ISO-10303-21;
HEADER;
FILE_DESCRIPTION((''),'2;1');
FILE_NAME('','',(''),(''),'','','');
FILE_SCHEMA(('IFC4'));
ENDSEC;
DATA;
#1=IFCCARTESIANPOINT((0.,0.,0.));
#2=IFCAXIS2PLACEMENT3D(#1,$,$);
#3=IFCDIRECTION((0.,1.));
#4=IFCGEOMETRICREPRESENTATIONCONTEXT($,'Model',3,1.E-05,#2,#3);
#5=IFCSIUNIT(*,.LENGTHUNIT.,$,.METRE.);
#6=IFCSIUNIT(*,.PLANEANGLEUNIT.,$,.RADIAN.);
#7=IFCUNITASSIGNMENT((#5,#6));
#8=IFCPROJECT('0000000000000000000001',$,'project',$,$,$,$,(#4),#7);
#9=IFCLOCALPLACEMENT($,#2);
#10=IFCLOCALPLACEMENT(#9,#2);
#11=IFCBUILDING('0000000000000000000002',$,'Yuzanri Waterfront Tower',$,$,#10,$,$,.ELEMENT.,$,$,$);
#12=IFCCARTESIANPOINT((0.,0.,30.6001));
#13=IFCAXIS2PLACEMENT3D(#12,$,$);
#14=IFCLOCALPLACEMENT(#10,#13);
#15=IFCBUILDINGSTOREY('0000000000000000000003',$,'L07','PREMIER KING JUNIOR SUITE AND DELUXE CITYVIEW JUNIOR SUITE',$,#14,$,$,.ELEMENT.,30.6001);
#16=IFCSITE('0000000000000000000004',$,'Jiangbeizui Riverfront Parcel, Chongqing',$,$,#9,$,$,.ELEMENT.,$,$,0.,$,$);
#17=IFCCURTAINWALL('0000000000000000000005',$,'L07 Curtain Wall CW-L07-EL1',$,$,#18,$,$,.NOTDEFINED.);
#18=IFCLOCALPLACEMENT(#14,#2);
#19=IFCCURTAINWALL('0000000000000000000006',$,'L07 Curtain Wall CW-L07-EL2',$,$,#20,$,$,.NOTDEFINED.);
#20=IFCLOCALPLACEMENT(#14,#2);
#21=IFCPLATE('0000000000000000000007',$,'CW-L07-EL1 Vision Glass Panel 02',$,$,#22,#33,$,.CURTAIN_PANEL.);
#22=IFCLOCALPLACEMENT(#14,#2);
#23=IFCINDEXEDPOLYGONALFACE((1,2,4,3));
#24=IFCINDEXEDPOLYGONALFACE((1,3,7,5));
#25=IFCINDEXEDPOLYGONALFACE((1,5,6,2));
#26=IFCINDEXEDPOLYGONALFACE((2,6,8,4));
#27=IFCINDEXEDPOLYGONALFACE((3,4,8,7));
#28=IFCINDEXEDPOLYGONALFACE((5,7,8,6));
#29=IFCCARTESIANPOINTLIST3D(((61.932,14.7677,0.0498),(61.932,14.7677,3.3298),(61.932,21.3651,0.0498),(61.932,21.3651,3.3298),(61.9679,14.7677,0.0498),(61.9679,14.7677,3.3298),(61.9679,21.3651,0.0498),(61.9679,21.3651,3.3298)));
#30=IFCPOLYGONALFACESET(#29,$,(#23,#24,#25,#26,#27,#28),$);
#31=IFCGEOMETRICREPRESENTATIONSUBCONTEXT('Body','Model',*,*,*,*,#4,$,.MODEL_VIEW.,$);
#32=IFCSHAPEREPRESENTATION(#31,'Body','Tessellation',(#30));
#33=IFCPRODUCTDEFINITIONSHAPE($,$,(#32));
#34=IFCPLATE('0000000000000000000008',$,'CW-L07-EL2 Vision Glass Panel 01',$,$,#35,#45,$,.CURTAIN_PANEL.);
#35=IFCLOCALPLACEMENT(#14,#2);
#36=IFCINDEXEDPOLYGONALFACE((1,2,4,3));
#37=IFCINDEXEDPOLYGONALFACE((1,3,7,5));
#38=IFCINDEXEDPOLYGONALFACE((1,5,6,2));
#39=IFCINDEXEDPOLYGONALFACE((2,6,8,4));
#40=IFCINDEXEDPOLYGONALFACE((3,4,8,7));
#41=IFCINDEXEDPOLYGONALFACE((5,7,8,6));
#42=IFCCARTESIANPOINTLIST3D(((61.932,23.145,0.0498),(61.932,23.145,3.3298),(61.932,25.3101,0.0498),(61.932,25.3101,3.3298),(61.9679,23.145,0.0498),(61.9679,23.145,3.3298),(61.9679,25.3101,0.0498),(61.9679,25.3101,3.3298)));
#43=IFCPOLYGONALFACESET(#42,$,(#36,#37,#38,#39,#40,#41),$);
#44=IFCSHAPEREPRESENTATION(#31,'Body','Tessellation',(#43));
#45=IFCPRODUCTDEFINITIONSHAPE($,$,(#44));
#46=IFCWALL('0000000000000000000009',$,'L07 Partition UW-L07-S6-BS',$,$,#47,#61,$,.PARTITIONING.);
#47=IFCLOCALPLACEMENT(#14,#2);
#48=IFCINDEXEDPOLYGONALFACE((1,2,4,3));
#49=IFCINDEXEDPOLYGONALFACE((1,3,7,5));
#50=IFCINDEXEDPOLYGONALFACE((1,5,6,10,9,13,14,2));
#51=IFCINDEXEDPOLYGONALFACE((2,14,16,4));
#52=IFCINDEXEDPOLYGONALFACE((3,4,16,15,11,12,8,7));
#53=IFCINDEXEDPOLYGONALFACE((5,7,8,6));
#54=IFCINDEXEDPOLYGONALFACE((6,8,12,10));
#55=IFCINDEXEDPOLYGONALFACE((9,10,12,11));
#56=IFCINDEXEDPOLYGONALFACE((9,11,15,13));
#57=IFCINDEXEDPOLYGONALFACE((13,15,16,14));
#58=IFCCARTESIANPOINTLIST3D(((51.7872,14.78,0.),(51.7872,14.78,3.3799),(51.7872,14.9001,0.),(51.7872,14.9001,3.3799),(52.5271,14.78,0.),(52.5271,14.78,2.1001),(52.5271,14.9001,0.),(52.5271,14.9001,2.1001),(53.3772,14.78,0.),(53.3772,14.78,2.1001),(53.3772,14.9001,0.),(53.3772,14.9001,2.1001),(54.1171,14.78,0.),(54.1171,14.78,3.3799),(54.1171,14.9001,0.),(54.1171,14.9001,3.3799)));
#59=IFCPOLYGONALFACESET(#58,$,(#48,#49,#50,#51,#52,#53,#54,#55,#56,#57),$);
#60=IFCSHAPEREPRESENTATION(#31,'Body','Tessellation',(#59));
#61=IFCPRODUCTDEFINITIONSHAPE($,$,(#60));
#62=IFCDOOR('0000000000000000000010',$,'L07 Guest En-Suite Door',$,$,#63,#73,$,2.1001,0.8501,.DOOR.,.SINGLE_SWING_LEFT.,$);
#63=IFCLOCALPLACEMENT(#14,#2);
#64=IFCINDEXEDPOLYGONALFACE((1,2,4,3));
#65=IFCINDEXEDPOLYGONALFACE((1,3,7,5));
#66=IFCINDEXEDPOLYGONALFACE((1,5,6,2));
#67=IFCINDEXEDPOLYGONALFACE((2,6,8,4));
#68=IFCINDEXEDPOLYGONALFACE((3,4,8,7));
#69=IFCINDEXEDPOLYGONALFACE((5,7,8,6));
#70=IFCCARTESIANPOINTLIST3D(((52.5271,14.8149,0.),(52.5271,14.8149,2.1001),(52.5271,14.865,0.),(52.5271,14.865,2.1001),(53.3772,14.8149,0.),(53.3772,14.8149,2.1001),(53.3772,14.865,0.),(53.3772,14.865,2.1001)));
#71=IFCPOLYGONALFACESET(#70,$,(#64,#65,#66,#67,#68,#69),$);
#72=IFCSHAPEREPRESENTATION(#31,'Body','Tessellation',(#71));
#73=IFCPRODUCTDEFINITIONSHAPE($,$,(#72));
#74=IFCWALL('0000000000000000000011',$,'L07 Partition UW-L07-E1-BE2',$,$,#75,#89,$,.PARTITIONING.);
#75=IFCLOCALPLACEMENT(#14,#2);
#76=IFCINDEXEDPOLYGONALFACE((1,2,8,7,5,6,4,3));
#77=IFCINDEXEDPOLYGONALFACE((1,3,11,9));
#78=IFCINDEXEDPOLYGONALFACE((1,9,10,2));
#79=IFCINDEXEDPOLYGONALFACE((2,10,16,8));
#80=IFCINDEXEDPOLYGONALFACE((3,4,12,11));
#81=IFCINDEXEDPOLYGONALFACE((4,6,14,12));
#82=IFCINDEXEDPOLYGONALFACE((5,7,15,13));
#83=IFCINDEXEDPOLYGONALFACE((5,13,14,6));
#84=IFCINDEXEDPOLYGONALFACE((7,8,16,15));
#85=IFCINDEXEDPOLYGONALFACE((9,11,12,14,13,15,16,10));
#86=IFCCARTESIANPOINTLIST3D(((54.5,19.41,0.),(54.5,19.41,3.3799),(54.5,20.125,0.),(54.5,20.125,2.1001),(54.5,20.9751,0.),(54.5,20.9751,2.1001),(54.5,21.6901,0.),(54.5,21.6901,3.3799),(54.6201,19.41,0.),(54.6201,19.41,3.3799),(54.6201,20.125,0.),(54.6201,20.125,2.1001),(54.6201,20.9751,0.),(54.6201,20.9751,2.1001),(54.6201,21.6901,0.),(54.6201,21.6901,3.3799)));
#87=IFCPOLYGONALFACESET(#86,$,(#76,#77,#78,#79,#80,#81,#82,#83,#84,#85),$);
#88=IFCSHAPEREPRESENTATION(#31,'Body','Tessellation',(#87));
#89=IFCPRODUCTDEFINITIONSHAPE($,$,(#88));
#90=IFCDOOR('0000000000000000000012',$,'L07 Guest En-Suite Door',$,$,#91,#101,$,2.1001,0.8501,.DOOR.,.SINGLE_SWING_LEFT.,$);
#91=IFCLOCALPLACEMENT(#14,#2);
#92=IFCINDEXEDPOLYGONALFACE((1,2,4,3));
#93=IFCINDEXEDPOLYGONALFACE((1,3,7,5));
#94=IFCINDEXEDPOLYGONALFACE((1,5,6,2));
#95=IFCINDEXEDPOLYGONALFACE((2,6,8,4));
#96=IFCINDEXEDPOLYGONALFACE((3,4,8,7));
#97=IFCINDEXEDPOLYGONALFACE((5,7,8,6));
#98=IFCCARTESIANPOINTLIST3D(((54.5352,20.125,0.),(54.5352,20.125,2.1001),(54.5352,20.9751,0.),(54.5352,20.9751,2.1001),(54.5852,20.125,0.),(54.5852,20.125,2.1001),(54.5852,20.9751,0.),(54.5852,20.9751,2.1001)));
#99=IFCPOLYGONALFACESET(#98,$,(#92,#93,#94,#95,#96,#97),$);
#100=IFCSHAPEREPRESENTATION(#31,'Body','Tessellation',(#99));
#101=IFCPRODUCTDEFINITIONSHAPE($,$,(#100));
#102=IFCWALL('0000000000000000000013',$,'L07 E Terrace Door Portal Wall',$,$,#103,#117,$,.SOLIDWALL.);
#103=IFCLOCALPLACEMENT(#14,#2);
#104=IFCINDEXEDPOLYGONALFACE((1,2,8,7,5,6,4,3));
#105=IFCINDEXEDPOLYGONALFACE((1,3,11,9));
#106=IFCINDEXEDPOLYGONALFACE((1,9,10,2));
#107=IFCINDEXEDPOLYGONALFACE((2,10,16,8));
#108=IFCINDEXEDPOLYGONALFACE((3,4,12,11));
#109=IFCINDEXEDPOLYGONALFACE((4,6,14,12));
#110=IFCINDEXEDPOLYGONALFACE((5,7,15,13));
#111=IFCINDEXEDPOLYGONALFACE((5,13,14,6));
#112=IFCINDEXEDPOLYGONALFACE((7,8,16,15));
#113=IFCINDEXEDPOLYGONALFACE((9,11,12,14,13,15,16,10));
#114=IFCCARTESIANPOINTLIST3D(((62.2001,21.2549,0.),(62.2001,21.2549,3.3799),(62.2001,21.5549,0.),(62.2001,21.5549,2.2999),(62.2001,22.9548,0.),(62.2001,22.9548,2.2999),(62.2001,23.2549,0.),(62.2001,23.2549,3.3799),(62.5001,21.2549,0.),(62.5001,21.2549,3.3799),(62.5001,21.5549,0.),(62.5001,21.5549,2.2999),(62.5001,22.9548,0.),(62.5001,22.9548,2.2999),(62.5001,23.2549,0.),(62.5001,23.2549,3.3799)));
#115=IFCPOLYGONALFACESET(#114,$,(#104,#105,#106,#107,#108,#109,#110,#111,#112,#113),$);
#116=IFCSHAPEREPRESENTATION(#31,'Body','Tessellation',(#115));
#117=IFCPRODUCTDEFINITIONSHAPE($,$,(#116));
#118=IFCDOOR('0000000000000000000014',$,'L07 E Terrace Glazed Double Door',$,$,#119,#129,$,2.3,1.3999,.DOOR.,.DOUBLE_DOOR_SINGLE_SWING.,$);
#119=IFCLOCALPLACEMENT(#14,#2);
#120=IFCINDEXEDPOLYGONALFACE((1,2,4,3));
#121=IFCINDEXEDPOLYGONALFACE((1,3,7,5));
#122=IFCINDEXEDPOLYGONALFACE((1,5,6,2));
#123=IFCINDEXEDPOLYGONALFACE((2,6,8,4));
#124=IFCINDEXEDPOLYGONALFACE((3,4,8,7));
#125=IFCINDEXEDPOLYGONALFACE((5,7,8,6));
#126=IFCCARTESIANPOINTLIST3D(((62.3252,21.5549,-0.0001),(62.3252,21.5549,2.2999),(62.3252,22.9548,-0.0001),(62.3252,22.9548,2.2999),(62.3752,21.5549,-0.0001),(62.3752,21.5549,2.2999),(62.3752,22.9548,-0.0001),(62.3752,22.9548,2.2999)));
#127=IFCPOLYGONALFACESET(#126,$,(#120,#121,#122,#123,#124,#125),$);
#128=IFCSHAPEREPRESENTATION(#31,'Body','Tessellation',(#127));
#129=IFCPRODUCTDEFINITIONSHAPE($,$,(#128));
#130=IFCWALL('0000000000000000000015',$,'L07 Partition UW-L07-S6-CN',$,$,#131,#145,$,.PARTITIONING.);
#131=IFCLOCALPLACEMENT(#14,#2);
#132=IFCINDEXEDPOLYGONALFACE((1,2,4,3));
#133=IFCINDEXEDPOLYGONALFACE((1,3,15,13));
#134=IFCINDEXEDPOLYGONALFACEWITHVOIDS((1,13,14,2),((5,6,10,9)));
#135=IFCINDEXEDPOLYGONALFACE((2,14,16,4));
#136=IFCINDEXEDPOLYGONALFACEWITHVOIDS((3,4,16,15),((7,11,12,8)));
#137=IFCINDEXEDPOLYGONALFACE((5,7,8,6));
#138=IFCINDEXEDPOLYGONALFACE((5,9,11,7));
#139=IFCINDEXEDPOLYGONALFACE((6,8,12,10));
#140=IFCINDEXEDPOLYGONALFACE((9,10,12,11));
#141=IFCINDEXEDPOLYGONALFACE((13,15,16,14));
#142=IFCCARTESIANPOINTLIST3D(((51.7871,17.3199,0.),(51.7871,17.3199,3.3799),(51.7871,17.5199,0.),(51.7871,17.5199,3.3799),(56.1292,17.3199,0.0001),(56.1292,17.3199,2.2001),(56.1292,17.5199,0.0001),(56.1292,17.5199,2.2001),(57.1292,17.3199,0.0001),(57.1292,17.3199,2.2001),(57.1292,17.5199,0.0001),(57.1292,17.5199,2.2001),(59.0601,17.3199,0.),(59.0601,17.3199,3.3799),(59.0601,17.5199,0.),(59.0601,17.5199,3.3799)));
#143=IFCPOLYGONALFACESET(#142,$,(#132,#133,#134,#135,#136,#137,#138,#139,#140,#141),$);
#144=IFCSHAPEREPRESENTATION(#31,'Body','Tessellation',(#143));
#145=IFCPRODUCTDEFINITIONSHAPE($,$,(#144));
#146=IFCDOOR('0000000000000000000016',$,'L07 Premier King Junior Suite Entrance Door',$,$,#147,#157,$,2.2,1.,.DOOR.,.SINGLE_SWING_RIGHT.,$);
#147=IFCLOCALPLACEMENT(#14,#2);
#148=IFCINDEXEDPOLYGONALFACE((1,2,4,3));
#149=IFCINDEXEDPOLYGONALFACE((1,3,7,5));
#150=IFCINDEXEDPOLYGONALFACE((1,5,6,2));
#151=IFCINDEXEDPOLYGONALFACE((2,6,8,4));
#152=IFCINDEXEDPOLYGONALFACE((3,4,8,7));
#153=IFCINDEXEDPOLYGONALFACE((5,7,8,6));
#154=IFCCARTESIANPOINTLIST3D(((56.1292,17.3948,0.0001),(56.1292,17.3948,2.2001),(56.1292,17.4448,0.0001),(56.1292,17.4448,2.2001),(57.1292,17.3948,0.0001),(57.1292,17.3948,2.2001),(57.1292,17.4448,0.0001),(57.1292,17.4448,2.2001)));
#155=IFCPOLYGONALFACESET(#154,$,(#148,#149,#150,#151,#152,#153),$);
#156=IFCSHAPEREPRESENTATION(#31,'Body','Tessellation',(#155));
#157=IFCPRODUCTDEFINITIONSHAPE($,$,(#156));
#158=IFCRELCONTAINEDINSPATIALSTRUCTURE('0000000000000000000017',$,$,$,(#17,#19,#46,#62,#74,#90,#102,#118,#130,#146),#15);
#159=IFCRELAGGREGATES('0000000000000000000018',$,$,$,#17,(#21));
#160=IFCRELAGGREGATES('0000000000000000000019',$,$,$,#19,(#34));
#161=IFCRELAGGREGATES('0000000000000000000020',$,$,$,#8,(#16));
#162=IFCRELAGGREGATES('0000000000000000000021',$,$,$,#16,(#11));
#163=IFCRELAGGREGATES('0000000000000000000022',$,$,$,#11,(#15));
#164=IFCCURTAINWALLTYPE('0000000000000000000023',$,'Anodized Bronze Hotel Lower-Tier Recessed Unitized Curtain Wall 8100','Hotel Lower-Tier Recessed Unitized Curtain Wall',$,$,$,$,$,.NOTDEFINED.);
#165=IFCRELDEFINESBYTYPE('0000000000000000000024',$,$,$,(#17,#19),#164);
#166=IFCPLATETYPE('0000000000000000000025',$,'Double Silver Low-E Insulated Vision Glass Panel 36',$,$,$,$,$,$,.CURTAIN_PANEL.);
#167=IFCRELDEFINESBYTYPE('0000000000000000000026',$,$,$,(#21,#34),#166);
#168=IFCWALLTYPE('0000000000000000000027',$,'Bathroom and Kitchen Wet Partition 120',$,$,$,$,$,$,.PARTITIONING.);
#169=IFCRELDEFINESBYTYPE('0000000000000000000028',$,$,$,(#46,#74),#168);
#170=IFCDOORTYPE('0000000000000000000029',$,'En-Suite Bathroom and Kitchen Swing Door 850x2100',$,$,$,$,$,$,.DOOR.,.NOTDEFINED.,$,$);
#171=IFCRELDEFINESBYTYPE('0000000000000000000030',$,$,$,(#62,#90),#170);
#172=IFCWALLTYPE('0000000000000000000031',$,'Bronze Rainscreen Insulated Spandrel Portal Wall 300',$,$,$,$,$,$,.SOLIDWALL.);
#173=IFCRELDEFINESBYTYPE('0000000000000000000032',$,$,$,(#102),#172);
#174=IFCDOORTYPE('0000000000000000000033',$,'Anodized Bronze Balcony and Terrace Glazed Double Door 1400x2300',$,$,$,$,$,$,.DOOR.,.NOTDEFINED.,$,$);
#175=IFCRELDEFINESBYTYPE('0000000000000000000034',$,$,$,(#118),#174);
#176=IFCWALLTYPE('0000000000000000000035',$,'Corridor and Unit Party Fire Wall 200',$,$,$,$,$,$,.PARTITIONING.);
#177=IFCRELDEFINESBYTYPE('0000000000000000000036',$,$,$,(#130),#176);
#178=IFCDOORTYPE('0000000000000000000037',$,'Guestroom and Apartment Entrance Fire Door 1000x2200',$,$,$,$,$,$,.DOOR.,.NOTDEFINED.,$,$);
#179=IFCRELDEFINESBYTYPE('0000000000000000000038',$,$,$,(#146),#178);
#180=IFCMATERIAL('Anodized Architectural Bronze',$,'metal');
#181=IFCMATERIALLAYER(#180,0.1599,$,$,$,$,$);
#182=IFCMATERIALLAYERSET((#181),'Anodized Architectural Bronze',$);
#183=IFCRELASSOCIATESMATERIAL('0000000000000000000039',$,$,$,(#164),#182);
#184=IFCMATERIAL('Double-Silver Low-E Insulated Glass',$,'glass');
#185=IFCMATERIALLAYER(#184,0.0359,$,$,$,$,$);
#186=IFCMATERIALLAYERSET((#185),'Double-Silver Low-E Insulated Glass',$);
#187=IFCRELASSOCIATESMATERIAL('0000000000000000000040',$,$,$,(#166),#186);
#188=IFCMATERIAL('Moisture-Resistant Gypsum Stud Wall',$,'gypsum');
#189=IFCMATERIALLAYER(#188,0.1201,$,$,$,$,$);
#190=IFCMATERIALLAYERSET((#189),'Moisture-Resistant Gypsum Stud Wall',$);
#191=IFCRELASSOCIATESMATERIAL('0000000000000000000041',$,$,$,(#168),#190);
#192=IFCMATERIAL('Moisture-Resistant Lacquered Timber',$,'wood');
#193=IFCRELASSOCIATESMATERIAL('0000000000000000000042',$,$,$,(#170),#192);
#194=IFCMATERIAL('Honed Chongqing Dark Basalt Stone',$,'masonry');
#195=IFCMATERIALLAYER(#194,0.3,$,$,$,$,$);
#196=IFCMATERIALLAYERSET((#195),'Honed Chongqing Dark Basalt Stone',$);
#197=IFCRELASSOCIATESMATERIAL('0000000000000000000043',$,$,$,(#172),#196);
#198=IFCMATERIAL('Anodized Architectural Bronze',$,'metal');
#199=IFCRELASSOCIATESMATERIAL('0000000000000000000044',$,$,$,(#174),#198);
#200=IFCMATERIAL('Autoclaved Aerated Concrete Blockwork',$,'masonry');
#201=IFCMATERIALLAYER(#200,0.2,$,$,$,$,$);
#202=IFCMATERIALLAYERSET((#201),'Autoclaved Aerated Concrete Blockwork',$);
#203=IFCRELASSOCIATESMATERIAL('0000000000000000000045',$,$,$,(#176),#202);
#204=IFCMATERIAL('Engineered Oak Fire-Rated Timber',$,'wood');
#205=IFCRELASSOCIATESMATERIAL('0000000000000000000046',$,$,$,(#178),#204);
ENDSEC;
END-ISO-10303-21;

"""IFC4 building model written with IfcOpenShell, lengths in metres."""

from ifc_helpers import new_model, si_unit, direction, frame, frame_2d, origin, origin_2d, place, context, subcontext, project, spatial, rectangle, extrude, source, transform, mapped, material, layer, layer_set, type_object, element, fill, aggregate, save


model = new_model("IFC4")

# Units and contexts
model_context = context("Model", 3, precision=1e-05, world=origin(), true_north=direction((0.0, 1.0)))
body_context = subcontext(model_context, "Body", "Model", "MODEL_VIEW")
ifc_project = project(units=[si_unit("LENGTHUNIT", "METRE"), si_unit("PLANEANGLEUNIT", "RADIAN")], contexts=[model_context])

# Site, building, storey
site_placement = place(None, origin())
site = spatial("IfcSite", under=ifc_project, at=site_placement, Name="Jiangbeizui Riverfront Parcel, Chongqing", CompositionType="ELEMENT", RefElevation=0.0)
building_placement = place(site_placement, origin())
building = spatial("IfcBuilding", under=site, at=building_placement, Name="Yuzanri Waterfront Tower", CompositionType="ELEMENT")
storey_placement = place(building_placement, frame((0.0, 0.0, 30.6001)))
storey = spatial("IfcBuildingStorey", under=building, at=storey_placement, Name="L07", Description="PREMIER KING JUNIOR SUITE AND DELUXE CITYVIEW JUNIOR SUITE", CompositionType="ELEMENT", Elevation=30.6001)

# Curtain walls
ifc_material_1 = material(Name="Anodized Architectural Bronze", Category="metal")
ifc_layer_1 = layer(ifc_material_1, 0.1599)
ifc_layer_set_1 = layer_set([ifc_layer_1], Name="Anodized Architectural Bronze")
curtain_wall_type = type_object("IfcCurtainWallType", Name="Anodized Bronze Hotel Lower-Tier Recessed Unitized Curtain Wall 8100", Description="Hotel Lower-Tier Recessed Unitized Curtain Wall", PredefinedType="NOTDEFINED", material=ifc_layer_set_1)
curtain_wall_1_placement = place(storey_placement, origin())
curtain_wall_1 = element("IfcCurtainWall", 1, at=curtain_wall_1_placement, inside=storey, type_object=curtain_wall_type, Name="L07 Curtain Wall CW-L07-EL1", PredefinedType="NOTDEFINED")
curtain_wall_2_placement = place(storey_placement, origin())
curtain_wall_2 = element("IfcCurtainWall", 2, at=curtain_wall_2_placement, inside=storey, type_object=curtain_wall_type, Name="L07 Curtain Wall CW-L07-EL2", PredefinedType="NOTDEFINED")

# Plates
ifc_material_2 = material(Name="Double-Silver Low-E Insulated Glass", Category="glass")
ifc_layer_2 = layer(ifc_material_2, 0.0359)
ifc_layer_set_2 = layer_set([ifc_layer_2], Name="Double-Silver Low-E Insulated Glass")
plate_type = type_object("IfcPlateType", Name="Double Silver Low-E Insulated Vision Glass Panel 36", PredefinedType="CURTAIN_PANEL", material=ifc_layer_set_2)
shared_shape_1 = source(origin(), body_context, "Body", "SweptSolid", [
    extrude(rectangle(XDim=6.5974, YDim=0.0359, at=origin_2d()), origin(), (0.0, 0.0, 1.0), 3.28),
])
plate_1_placement = place(storey_placement, frame((61.95, 18.0664, 0.0498), z_axis=(0.0, 0.0, 1.0), x_axis=(0.0, 1.0, 0.0)))
plate_1 = element("IfcPlate", 3, at=plate_1_placement, type_object=plate_type, Name="CW-L07-EL1 Vision Glass Panel 02", PredefinedType="CURTAIN_PANEL", context=body_context, shape_type="MappedRepresentation", body=[
    mapped(shared_shape_1, transform((0.0, 0.0, 0.0), scale=1.0)),
])
aggregate(curtain_wall_1, [plate_1])
shared_shape_2 = source(origin(), body_context, "Body", "SweptSolid", [
    extrude(rectangle(XDim=2.165, YDim=0.0359, at=origin_2d()), origin(), (0.0, 0.0, 1.0), 3.28),
])
plate_2_placement = place(storey_placement, frame((61.95, 24.2275, 0.0498), z_axis=(0.0, 0.0, 1.0), x_axis=(0.0, 1.0, 0.0)))
plate_2 = element("IfcPlate", 4, at=plate_2_placement, type_object=plate_type, Name="CW-L07-EL2 Vision Glass Panel 01", PredefinedType="CURTAIN_PANEL", context=body_context, shape_type="MappedRepresentation", body=[
    mapped(shared_shape_2, transform((0.0, 0.0, 0.0), scale=1.0)),
])
aggregate(curtain_wall_2, [plate_2])

# Walls, openings, doors
ifc_material_3 = material(Name="Moisture-Resistant Gypsum Stud Wall", Category="gypsum")
ifc_layer_3 = layer(ifc_material_3, 0.1201)
ifc_layer_set_3 = layer_set([ifc_layer_3], Name="Moisture-Resistant Gypsum Stud Wall")
wall_type_1 = type_object("IfcWallType", Name="Bathroom and Kitchen Wet Partition 120", PredefinedType="PARTITIONING", material=ifc_layer_set_3)
wall_1_placement = place(storey_placement, frame((51.7871, 14.8401, 0.0), z_axis=(0.0, 0.0, 1.0), x_axis=(1.0, 0.0, 0.0)))
wall_1 = element("IfcWall", 5, at=wall_1_placement, inside=storey, type_object=wall_type_1, Name="L07 Partition UW-L07-S6-BS", PredefinedType="PARTITIONING", context=body_context, shape_type="SweptSolid", body=[
    extrude(rectangle(XDim=2.3298, YDim=0.1201, at=frame_2d((1.165, 0.0))), origin(), (0.0, 0.0, 1.0), 3.3799),
])
opening_1_placement = place(wall_1_placement, frame((0.74, 0.0, 0.0)))
opening_1 = element("IfcOpeningElement", 6, at=opening_1_placement, cuts=wall_1, PredefinedType="OPENING", context=body_context, shape_type="SweptSolid", body=[
    extrude(rectangle(XDim=0.8501, YDim=2.1001, at=frame_2d((0.425, 1.05))), frame((0.0, 0.075, 0.0), z_axis=(0.0, -1.0, 0.0), x_axis=(1.0, 0.0, 0.0)), (0.0, 0.0, 1.0), 0.1499),
])
ifc_material_4 = material(Name="Moisture-Resistant Lacquered Timber", Category="wood")
door_type_1 = type_object("IfcDoorType", Name="En-Suite Bathroom and Kitchen Swing Door 850x2100", OperationType="NOTDEFINED", PredefinedType="DOOR", material=ifc_material_4)
shared_shape_3 = source(origin(), body_context, "Body", "SweptSolid", [
    extrude(rectangle(XDim=0.8501, YDim=2.1001, at=frame_2d((0.425, 1.05))), frame((0.0, 0.0249, 0.0), z_axis=(0.0, -1.0, 0.0), x_axis=(1.0, 0.0, 0.0)), (0.0, 0.0, 1.0), 0.05),
])
door_1_placement = place(opening_1_placement, origin())
door_1 = element("IfcDoor", 7, at=door_1_placement, inside=storey, type_object=door_type_1, Name="L07 Guest En-Suite Door", OperationType="SINGLE_SWING_LEFT", OverallHeight=2.1001, OverallWidth=0.8501, PredefinedType="DOOR", context=body_context, shape_type="MappedRepresentation", body=[
    mapped(shared_shape_3, transform((0.0, 0.0, 0.0), scale=1.0)),
])
fill(opening_1, door_1)
wall_2_placement = place(storey_placement, frame((54.5601, 19.4099, 0.0), z_axis=(0.0, 0.0, 1.0), x_axis=(0.0, 1.0, 0.0)))
wall_2 = element("IfcWall", 8, at=wall_2_placement, inside=storey, type_object=wall_type_1, Name="L07 Partition UW-L07-E1-BE2", PredefinedType="PARTITIONING", context=body_context, shape_type="SweptSolid", body=[
    extrude(rectangle(XDim=2.28, YDim=0.1201, at=frame_2d((1.1401, 0.0))), origin(), (0.0, 0.0, 1.0), 3.3799),
])
opening_2_placement = place(wall_2_placement, frame((0.7151, 0.0, 0.0)))
opening_2 = element("IfcOpeningElement", 9, at=opening_2_placement, cuts=wall_2, PredefinedType="OPENING", context=body_context, shape_type="SweptSolid", body=[
    extrude(rectangle(XDim=0.8501, YDim=2.1001, at=frame_2d((0.425, 1.05))), frame((0.0, 0.075, 0.0), z_axis=(0.0, -1.0, 0.0), x_axis=(1.0, 0.0, 0.0)), (0.0, 0.0, 1.0), 0.1499),
])
door_2_placement = place(opening_2_placement, origin())
door_2 = element("IfcDoor", 10, at=door_2_placement, inside=storey, type_object=door_type_1, Name="L07 Guest En-Suite Door", OperationType="SINGLE_SWING_LEFT", OverallHeight=2.1001, OverallWidth=0.8501, PredefinedType="DOOR", context=body_context, shape_type="MappedRepresentation", body=[
    mapped(shared_shape_3, transform((0.0, 0.0, 0.0), scale=1.0)),
])
fill(opening_2, door_2)
ifc_material_5 = material(Name="Honed Chongqing Dark Basalt Stone", Category="masonry")
ifc_layer_4 = layer(ifc_material_5, 0.3)
ifc_layer_set_4 = layer_set([ifc_layer_4], Name="Honed Chongqing Dark Basalt Stone")
wall_type_2 = type_object("IfcWallType", Name="Bronze Rainscreen Insulated Spandrel Portal Wall 300", PredefinedType="SOLIDWALL", material=ifc_layer_set_4)
wall_3_placement = place(storey_placement, frame((62.3501, 21.2549, 0.0), z_axis=(0.0, 0.0, 1.0), x_axis=(0.0, 1.0, 0.0)))
wall_3 = element("IfcWall", 11, at=wall_3_placement, inside=storey, type_object=wall_type_2, Name="L07 E Terrace Door Portal Wall", PredefinedType="SOLIDWALL", context=body_context, shape_type="SweptSolid", body=[
    extrude(rectangle(XDim=2.0, YDim=0.3, at=frame_2d((1.0, 0.0))), origin(), (0.0, 0.0, 1.0), 3.3799),
])
opening_3_placement = place(wall_3_placement, frame((0.3, 0.0, 0.0)))
opening_3 = element("IfcOpeningElement", 12, at=opening_3_placement, cuts=wall_3, PredefinedType="OPENING", context=body_context, shape_type="SweptSolid", body=[
    extrude(rectangle(XDim=1.3999, YDim=2.3, at=frame_2d((0.7, 1.1499))), frame((0.0, 0.165, 0.0), z_axis=(0.0, -1.0, 0.0), x_axis=(1.0, 0.0, 0.0)), (0.0, 0.0, 1.0), 0.3298),
])
ifc_material_6 = material(Name="Anodized Architectural Bronze", Category="metal")
door_type_2 = type_object("IfcDoorType", Name="Anodized Bronze Balcony and Terrace Glazed Double Door 1400x2300", OperationType="NOTDEFINED", PredefinedType="DOOR", material=ifc_material_6)
shared_shape_4 = source(origin(), body_context, "Body", "SweptSolid", [
    extrude(rectangle(XDim=1.3999, YDim=2.3, at=frame_2d((0.7, 1.1499))), frame((0.0, 0.0249, 0.0), z_axis=(0.0, -1.0, 0.0), x_axis=(1.0, 0.0, 0.0)), (0.0, 0.0, 1.0), 0.05),
])
door_3_placement = place(opening_3_placement, origin())
door_3 = element("IfcDoor", 13, at=door_3_placement, inside=storey, type_object=door_type_2, Name="L07 E Terrace Glazed Double Door", OperationType="DOUBLE_DOOR_SINGLE_SWING", OverallHeight=2.3, OverallWidth=1.3999, PredefinedType="DOOR", context=body_context, shape_type="MappedRepresentation", body=[
    mapped(shared_shape_4, transform((0.0, 0.0, 0.0), scale=1.0)),
])
fill(opening_3, door_3)
ifc_material_7 = material(Name="Autoclaved Aerated Concrete Blockwork", Category="masonry")
ifc_layer_5 = layer(ifc_material_7, 0.2)
ifc_layer_set_5 = layer_set([ifc_layer_5], Name="Autoclaved Aerated Concrete Blockwork")
wall_type_3 = type_object("IfcWallType", Name="Corridor and Unit Party Fire Wall 200", PredefinedType="PARTITIONING", material=ifc_layer_set_5)
wall_4_placement = place(storey_placement, frame((51.7871, 17.4199, 0.0), z_axis=(0.0, 0.0, 1.0), x_axis=(1.0, 0.0, 0.0)))
wall_4 = element("IfcWall", 14, at=wall_4_placement, inside=storey, type_object=wall_type_3, Name="L07 Partition UW-L07-S6-CN", PredefinedType="PARTITIONING", context=body_context, shape_type="SweptSolid", body=[
    extrude(rectangle(XDim=7.2729, YDim=0.2, at=frame_2d((3.6365, 0.0))), origin(), (0.0, 0.0, 1.0), 3.3799),
])
opening_4_placement = place(wall_4_placement, frame((4.342, 0.0, 0.0)))
opening_4 = element("IfcOpeningElement", 15, at=opening_4_placement, cuts=wall_4, PredefinedType="OPENING", context=body_context, shape_type="SweptSolid", body=[
    extrude(rectangle(XDim=1.0, YDim=2.2, at=frame_2d((0.5, 1.1001))), frame((0.0, 0.1147, 0.0), z_axis=(0.0, -1.0, 0.0), x_axis=(1.0, 0.0, 0.0)), (0.0, 0.0, 1.0), 0.2297),
])
ifc_material_8 = material(Name="Engineered Oak Fire-Rated Timber", Category="wood")
door_type_3 = type_object("IfcDoorType", Name="Guestroom and Apartment Entrance Fire Door 1000x2200", OperationType="NOTDEFINED", PredefinedType="DOOR", material=ifc_material_8)
shared_shape_5 = source(origin(), body_context, "Body", "SweptSolid", [
    extrude(rectangle(XDim=1.0, YDim=2.2, at=frame_2d((0.5, 1.1001))), frame((0.0, 0.0249, 0.0), z_axis=(0.0, -1.0, 0.0), x_axis=(1.0, 0.0, 0.0)), (0.0, 0.0, 1.0), 0.05),
])
door_4_placement = place(opening_4_placement, origin())
door_4 = element("IfcDoor", 16, at=door_4_placement, inside=storey, type_object=door_type_3, Name="L07 Premier King Junior Suite Entrance Door", OperationType="SINGLE_SWING_RIGHT", OverallHeight=2.2, OverallWidth=1.0, PredefinedType="DOOR", context=body_context, shape_type="MappedRepresentation", body=[
    mapped(shared_shape_5, transform((0.0, 0.0, 0.0), scale=1.0)),
])
fill(opening_4, door_4)

save(model, "model.ifc")
